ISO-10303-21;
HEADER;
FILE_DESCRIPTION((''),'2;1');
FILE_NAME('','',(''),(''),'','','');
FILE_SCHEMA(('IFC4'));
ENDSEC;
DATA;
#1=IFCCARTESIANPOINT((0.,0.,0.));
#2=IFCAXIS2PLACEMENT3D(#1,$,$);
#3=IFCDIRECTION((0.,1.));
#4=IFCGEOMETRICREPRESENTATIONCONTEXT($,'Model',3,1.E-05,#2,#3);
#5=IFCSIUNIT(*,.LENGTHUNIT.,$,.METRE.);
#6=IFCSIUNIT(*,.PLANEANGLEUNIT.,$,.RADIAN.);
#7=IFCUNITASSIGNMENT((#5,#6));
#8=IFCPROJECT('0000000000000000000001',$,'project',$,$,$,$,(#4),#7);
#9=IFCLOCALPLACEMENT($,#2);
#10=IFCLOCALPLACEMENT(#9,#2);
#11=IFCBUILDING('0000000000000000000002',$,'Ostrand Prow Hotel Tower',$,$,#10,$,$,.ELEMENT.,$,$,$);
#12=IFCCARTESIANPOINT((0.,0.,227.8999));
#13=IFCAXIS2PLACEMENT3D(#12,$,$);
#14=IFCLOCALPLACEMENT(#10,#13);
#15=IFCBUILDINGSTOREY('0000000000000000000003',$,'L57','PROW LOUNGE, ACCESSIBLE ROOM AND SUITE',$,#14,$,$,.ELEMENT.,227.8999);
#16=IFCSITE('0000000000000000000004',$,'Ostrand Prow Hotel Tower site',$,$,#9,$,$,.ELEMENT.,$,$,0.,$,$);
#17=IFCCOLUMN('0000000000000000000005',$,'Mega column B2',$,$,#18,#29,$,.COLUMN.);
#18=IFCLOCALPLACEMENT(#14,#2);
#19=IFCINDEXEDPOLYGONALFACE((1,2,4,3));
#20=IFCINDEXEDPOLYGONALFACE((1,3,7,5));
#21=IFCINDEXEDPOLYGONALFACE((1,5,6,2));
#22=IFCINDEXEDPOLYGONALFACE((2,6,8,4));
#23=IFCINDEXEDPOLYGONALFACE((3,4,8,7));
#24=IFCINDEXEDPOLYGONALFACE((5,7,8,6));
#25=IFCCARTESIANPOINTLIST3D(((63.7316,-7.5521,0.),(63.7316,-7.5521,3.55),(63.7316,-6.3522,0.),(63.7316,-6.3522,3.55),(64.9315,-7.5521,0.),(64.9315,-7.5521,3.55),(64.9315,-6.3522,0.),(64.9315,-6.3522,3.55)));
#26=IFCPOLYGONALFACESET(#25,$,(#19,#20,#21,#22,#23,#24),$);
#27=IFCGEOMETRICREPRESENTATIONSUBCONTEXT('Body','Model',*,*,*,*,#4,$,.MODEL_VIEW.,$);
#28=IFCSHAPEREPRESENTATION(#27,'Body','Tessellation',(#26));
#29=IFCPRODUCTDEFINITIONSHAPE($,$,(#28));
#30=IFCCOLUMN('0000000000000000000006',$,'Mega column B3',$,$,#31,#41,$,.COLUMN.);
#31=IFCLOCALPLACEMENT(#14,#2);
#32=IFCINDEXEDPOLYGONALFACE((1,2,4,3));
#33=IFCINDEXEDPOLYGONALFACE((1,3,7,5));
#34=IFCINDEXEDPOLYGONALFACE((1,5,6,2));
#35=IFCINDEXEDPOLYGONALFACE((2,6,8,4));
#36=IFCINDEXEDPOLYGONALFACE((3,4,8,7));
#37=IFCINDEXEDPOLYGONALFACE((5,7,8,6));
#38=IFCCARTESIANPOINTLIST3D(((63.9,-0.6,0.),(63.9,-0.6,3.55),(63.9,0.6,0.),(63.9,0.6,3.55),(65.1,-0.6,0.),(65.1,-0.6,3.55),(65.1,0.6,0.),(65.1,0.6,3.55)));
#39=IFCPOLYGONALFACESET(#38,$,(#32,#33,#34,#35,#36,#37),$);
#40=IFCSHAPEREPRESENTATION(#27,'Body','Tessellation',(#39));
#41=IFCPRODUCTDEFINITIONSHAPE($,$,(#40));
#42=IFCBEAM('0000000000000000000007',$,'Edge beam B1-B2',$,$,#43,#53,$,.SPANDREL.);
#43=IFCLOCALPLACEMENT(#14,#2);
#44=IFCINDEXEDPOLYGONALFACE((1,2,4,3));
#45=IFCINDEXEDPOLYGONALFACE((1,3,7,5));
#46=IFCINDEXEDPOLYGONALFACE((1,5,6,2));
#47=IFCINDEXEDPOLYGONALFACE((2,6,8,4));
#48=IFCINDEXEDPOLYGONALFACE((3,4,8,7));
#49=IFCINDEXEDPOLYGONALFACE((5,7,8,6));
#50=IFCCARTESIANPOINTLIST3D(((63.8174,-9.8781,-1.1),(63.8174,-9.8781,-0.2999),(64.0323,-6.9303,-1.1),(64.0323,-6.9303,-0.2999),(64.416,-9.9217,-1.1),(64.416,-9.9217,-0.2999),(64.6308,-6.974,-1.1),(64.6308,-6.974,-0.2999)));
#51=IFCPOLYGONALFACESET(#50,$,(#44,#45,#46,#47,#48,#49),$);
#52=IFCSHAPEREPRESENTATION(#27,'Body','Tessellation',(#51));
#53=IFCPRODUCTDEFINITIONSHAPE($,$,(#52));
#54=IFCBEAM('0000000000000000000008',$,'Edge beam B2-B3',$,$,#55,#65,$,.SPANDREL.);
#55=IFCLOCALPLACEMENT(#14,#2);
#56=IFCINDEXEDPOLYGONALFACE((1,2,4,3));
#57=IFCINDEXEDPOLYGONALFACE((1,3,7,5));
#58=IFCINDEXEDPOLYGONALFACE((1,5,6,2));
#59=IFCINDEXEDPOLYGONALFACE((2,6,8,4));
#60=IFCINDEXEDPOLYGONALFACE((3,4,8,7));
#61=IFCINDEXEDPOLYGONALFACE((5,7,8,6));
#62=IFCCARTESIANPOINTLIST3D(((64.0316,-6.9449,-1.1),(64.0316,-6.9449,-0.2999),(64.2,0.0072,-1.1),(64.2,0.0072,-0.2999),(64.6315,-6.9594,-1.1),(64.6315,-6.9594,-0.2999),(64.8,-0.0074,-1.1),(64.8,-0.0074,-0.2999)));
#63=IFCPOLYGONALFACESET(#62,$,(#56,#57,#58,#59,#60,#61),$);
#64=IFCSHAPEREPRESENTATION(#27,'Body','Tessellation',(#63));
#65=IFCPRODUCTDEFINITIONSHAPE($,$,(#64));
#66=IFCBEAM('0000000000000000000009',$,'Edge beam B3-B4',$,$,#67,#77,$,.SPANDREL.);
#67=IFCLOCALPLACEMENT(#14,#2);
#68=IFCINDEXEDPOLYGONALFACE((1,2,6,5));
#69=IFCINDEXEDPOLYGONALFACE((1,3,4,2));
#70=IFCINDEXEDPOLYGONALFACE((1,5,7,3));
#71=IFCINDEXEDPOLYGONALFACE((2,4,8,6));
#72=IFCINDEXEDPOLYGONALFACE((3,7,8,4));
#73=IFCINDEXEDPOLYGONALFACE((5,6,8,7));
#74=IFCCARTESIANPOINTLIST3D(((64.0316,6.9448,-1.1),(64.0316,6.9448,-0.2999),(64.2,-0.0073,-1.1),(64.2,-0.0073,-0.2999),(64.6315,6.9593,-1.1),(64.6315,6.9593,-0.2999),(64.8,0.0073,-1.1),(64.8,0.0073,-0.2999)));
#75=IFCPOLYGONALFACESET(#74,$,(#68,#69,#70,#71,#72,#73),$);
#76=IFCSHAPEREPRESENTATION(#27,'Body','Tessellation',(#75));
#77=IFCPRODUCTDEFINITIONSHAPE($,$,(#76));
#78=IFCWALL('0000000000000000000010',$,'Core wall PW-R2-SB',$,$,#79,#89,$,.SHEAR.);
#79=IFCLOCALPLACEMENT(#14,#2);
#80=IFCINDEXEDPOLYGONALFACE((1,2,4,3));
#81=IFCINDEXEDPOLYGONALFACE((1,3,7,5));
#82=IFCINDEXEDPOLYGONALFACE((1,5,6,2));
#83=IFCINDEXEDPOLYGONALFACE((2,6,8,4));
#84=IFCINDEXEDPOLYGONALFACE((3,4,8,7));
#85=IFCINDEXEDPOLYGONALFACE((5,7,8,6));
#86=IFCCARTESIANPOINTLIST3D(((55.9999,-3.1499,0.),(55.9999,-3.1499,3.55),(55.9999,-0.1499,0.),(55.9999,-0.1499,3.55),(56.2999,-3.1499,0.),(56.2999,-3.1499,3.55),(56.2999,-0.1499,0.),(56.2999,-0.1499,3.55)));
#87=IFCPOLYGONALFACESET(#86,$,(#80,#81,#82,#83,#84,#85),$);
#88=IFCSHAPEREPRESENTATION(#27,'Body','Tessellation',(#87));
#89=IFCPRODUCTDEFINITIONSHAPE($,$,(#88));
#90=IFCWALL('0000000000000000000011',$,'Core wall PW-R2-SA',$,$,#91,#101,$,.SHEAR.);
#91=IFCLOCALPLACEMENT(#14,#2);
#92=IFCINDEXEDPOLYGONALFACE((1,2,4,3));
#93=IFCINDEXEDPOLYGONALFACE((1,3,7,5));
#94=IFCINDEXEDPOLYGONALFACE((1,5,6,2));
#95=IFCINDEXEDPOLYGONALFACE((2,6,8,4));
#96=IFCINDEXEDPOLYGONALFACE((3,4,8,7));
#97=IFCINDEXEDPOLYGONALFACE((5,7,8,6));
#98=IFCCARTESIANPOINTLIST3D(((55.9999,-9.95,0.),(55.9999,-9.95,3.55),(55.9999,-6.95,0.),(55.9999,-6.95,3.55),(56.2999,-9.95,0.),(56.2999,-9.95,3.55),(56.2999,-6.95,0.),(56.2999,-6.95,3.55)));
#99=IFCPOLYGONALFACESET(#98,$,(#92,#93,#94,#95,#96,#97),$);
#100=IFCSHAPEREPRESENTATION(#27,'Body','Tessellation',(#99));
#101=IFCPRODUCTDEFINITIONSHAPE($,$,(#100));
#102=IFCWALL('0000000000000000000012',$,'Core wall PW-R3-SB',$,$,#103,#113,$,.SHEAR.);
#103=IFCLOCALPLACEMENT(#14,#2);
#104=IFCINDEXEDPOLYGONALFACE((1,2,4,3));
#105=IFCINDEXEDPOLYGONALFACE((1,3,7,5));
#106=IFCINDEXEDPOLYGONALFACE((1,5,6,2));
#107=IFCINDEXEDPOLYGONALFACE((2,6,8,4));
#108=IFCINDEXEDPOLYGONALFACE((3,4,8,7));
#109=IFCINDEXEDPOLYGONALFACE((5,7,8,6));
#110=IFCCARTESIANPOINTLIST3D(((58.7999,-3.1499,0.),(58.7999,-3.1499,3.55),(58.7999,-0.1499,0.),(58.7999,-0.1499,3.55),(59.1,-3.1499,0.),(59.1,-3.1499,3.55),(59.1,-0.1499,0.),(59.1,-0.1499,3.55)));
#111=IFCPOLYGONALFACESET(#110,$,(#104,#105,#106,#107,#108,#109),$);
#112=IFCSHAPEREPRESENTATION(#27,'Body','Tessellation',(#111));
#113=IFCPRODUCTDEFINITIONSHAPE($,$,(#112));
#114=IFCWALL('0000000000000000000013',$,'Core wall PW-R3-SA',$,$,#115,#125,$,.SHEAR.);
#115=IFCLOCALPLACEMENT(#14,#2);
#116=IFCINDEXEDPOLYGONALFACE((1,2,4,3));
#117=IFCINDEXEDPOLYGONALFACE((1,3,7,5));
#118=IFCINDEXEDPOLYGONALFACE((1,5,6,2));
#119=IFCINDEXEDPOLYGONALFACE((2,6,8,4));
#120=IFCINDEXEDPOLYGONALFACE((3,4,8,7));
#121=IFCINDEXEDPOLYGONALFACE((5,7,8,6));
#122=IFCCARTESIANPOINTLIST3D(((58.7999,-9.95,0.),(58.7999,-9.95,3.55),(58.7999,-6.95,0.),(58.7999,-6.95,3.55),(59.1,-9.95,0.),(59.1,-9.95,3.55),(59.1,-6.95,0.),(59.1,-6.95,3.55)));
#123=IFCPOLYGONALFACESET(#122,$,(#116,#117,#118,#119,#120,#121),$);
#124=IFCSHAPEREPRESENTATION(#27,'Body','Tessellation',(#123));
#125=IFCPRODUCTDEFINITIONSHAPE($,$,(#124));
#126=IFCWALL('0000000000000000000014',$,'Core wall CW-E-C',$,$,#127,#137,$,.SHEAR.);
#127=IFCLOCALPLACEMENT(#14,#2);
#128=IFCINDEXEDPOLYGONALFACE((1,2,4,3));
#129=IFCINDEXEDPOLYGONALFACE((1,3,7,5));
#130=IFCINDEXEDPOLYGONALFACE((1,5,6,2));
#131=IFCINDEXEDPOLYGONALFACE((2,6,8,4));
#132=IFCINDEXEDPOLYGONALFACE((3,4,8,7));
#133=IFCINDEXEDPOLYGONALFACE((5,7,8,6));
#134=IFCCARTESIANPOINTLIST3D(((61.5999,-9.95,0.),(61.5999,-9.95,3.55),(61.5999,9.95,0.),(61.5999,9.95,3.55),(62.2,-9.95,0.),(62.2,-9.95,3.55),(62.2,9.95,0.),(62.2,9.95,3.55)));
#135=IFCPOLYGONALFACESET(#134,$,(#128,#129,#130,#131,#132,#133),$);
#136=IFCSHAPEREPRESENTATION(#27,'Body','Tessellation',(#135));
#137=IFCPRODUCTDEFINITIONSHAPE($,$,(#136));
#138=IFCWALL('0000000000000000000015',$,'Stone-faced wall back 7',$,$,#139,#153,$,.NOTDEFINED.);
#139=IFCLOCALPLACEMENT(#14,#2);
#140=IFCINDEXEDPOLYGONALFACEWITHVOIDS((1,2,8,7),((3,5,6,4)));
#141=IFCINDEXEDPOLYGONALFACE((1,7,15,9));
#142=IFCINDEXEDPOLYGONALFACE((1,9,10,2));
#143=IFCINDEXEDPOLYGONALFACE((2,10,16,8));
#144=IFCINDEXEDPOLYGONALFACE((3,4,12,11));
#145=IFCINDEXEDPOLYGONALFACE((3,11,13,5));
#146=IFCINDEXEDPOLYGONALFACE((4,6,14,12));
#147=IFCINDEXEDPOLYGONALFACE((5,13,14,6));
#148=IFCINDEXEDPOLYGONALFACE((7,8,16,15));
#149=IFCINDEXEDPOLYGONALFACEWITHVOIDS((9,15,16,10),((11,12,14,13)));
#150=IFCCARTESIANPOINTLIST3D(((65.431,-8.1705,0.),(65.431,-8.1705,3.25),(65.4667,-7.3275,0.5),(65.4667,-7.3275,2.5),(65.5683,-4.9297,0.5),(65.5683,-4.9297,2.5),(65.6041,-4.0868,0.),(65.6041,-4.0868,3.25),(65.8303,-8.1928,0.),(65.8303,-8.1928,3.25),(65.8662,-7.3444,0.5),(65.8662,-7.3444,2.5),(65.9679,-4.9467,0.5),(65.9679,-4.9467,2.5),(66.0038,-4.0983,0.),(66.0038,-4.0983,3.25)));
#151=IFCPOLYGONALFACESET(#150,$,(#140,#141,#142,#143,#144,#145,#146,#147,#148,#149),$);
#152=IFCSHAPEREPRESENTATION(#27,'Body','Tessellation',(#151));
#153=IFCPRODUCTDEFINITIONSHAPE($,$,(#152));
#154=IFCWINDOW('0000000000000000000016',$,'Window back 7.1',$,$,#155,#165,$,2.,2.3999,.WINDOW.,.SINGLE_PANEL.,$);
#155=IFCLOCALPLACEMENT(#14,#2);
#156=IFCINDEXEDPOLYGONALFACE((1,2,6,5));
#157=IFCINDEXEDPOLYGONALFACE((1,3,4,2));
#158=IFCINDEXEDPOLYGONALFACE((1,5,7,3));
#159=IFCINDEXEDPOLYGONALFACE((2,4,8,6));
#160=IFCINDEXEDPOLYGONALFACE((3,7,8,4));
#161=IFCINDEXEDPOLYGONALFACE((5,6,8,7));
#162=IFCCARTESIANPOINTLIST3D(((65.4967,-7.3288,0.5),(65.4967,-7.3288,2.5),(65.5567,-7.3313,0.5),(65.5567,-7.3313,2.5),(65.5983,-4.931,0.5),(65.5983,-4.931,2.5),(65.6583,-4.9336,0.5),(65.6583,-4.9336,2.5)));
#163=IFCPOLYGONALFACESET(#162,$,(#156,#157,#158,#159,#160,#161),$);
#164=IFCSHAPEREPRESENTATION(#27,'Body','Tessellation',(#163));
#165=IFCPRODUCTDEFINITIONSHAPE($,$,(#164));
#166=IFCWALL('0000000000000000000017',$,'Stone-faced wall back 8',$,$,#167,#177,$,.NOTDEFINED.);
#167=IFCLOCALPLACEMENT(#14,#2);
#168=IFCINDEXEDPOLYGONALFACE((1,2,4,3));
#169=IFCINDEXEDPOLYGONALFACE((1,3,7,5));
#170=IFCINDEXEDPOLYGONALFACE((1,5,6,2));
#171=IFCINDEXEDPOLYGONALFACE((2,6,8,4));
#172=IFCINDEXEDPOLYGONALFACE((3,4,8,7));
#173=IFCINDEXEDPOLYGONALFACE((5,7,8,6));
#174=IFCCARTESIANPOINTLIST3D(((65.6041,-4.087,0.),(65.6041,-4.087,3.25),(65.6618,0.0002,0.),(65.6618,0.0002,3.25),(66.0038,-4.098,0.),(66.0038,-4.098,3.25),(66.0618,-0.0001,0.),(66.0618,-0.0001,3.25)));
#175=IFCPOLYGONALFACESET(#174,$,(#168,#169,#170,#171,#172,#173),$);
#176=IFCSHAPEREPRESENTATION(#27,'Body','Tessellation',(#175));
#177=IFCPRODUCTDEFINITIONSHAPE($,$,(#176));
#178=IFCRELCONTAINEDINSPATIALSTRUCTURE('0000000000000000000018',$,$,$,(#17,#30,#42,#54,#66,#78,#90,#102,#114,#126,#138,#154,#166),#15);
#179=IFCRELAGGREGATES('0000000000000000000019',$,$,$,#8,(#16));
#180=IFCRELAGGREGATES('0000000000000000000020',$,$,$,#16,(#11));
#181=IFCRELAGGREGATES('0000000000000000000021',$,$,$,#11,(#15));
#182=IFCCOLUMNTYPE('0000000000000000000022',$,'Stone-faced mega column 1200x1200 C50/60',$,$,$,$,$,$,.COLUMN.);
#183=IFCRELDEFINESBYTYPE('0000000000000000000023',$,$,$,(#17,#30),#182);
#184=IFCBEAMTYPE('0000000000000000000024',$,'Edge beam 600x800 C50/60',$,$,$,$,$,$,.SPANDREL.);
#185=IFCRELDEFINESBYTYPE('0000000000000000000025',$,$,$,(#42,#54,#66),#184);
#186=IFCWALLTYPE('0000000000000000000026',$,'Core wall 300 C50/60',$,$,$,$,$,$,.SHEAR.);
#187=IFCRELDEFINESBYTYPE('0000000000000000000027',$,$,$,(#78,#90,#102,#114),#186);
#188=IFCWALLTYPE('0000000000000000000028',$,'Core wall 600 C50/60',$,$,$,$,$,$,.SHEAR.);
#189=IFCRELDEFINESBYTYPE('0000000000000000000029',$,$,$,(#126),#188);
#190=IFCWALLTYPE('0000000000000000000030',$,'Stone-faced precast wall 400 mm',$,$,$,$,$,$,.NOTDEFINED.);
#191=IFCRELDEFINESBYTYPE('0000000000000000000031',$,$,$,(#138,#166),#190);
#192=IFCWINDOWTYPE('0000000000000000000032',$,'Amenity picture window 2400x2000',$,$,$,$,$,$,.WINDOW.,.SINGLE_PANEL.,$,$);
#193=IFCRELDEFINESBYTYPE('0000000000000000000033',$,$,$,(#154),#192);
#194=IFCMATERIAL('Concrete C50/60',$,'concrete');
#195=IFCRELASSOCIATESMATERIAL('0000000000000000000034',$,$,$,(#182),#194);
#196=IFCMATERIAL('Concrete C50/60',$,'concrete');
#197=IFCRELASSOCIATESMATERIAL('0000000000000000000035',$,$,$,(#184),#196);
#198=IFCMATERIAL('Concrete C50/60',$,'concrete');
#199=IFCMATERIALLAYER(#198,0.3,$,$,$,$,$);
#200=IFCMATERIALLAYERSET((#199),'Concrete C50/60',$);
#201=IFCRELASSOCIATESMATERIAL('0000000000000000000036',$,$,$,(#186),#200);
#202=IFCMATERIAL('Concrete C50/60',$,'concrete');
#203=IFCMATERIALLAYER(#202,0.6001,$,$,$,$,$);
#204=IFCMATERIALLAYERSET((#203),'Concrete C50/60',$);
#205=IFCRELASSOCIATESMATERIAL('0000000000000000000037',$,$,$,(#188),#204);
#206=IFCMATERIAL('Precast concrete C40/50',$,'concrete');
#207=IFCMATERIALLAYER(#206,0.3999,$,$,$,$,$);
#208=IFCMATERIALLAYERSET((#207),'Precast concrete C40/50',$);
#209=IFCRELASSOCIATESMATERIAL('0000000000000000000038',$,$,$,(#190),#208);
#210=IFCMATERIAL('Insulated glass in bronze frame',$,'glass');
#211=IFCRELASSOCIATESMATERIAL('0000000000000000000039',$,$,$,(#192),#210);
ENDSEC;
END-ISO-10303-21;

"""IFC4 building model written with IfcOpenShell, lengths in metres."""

from ifc_helpers import new_model, si_unit, direction, frame, frame_2d, origin, origin_2d, place, context, subcontext, project, spatial, polyline, rectangle, outline, extrude, material, layer, layer_set, material_profile, profile_set, type_object, element, fill, save


model = new_model("IFC4")

# Units and contexts
model_context = context("Model", 3, precision=1e-05, world=origin(), true_north=direction((0.0, 1.0)))
body_context = subcontext(model_context, "Body", "Model", "MODEL_VIEW")
ifc_project = project(units=[si_unit("LENGTHUNIT", "METRE"), si_unit("PLANEANGLEUNIT", "RADIAN")], contexts=[model_context])

# Site, building, storey
site_placement = place(None, origin())
site = spatial("IfcSite", under=ifc_project, at=site_placement, Name="Ostrand Prow Hotel Tower site", CompositionType="ELEMENT", RefElevation=0.0)
building_placement = place(site_placement, origin())
building = spatial("IfcBuilding", under=site, at=building_placement, Name="Ostrand Prow Hotel Tower", CompositionType="ELEMENT")
storey_placement = place(building_placement, frame((0.0, 0.0, 227.8999)))
storey = spatial("IfcBuildingStorey", under=building, at=storey_placement, Name="L57", Description="PROW LOUNGE, ACCESSIBLE ROOM AND SUITE", CompositionType="ELEMENT", Elevation=227.8999)

# Columns
ifc_material_1 = material(Name="Concrete C50/60", Category="concrete")
ifc_material_profile_1 = material_profile(ifc_material_1, rectangle(XDim=1.2, YDim=1.2, at=origin_2d()), Name="RC 1200x1200")
ifc_profile_set_1 = profile_set([ifc_material_profile_1], Name="Concrete C50/60")
column_type = type_object("IfcColumnType", Name="Stone-faced mega column 1200x1200 C50/60", PredefinedType="COLUMN", material=ifc_profile_set_1)
for number, where, z_axis, x_axis, name in (
    (1, (64.3315, -6.9521, 0.0), (0.0, 0.0, 1.0), (1.0, 0.0, 0.0), "Mega column B2"),
    (2, (64.5, 0.0, 0.0), (0.0, 0.0, 1.0), (1.0, 0.0, 0.0), "Mega column B3"),
):
    element("IfcColumn", number, at=place(storey_placement, frame(where, z_axis=z_axis, x_axis=x_axis)), inside=storey, type_object=column_type, Name=name, PredefinedType="COLUMN", context=body_context, shape_type="SweptSolid", body=[
        extrude(rectangle(XDim=1.2, YDim=1.2, at=origin_2d()), origin(), (0.0, 0.0, 1.0), 3.55),
    ])

# Beams
ifc_material_2 = material(Name="Concrete C50/60", Category="concrete")
ifc_material_profile_2 = material_profile(ifc_material_2, rectangle(XDim=0.6001, YDim=0.8, at=origin_2d()), Name="RC 600x800")
ifc_profile_set_2 = profile_set([ifc_material_profile_2], Name="Concrete C50/60")
beam_type = type_object("IfcBeamType", Name="Edge beam 600x800 C50/60", PredefinedType="SPANDREL", material=ifc_profile_set_2)
beam_placement = place(storey_placement, frame((64.1167, -9.8999, -0.7), z_axis=(0.072691, 0.997355, 0.0), x_axis=(-0.997355, 0.072691, 0.0)))
element("IfcBeam", 3, at=beam_placement, inside=storey, type_object=beam_type, Name="Edge beam B1-B2", PredefinedType="SPANDREL", context=body_context, shape_type="SweptSolid", body=[
    extrude(rectangle(XDim=0.6001, YDim=0.8, at=origin_2d()), origin(), (0.0, 0.0, 1.0), 2.9556),
])
for number, where, z_axis, x_axis, name in (
    (4, (64.3315, -6.9521, -0.7), (0.024224, 0.999707, 0.0), (-0.999707, 0.024224, 0.0), "Edge beam B2-B3"),
    (5, (64.5, 0.0, -0.7), (-0.024224, 0.999707, 0.0), (-0.999707, -0.024224, 0.0), "Edge beam B3-B4"),
):
    element("IfcBeam", number, at=place(storey_placement, frame(where, z_axis=z_axis, x_axis=x_axis)), inside=storey, type_object=beam_type, Name=name, PredefinedType="SPANDREL", context=body_context, shape_type="SweptSolid", body=[
        extrude(rectangle(XDim=0.6001, YDim=0.8, at=origin_2d()), origin(), (0.0, 0.0, 1.0), 6.9541),
    ])

# Walls
ifc_material_3 = material(Name="Concrete C50/60", Category="concrete")
ifc_layer_1 = layer(ifc_material_3, 0.3)
ifc_layer_set_1 = layer_set([ifc_layer_1], Name="Concrete C50/60")
wall_type_1 = type_object("IfcWallType", Name="Core wall 300 C50/60", PredefinedType="SHEAR", material=ifc_layer_set_1)
for number, where, z_axis, x_axis, name in (
    (6, (56.1499, -3.1499, 0.0), (0.0, 0.0, 1.0), (0.0, 1.0, 0.0), "Core wall PW-R2-SB"),
    (7, (56.1499, -9.95, 0.0), (0.0, 0.0, 1.0), (0.0, 1.0, 0.0), "Core wall PW-R2-SA"),
    (8, (58.95, -3.1499, 0.0), (0.0, 0.0, 1.0), (0.0, 1.0, 0.0), "Core wall PW-R3-SB"),
    (9, (58.95, -9.95, 0.0), (0.0, 0.0, 1.0), (0.0, 1.0, 0.0), "Core wall PW-R3-SA"),
):
    element("IfcWall", number, at=place(storey_placement, frame(where, z_axis=z_axis, x_axis=x_axis)), inside=storey, type_object=wall_type_1, Name=name, PredefinedType="SHEAR", context=body_context, shape_type="SweptSolid", body=[
        extrude(rectangle(XDim=3.0, YDim=0.3, at=frame_2d((1.5, 0.0))), origin(), (0.0, 0.0, 1.0), 3.55),
    ])
ifc_material_4 = material(Name="Concrete C50/60", Category="concrete")
ifc_layer_2 = layer(ifc_material_4, 0.6001)
ifc_layer_set_2 = layer_set([ifc_layer_2], Name="Concrete C50/60")
wall_type_2 = type_object("IfcWallType", Name="Core wall 600 C50/60", PredefinedType="SHEAR", material=ifc_layer_set_2)
wall_1_placement = place(storey_placement, frame((61.8999, -9.95, 0.0), z_axis=(0.0, 0.0, 1.0), x_axis=(0.0, 1.0, 0.0)))
element("IfcWall", 10, at=wall_1_placement, inside=storey, type_object=wall_type_2, Name="Core wall CW-E-C", PredefinedType="SHEAR", context=body_context, shape_type="SweptSolid", body=[
    extrude(rectangle(XDim=19.8999, YDim=0.6001, at=frame_2d((9.95, 0.0))), origin(), (0.0, 0.0, 1.0), 3.55),
])

# Wall, opening, window
ifc_material_5 = material(Name="Precast concrete C40/50", Category="concrete")
ifc_layer_3 = layer(ifc_material_5, 0.3999)
ifc_layer_set_3 = layer_set([ifc_layer_3], Name="Precast concrete C40/50")
wall_type_3 = type_object("IfcWallType", Name="Stone-faced precast wall 400 mm", PredefinedType="NOTDEFINED", material=ifc_layer_set_3)
wall_2_placement = place(storey_placement, frame((65.6306, -8.1816, 0.0), z_axis=(0.0, 0.0, 1.0), x_axis=(0.042353, 0.999103, 0.0)))
wall_2 = element("IfcWall", 11, at=wall_2_placement, inside=storey, type_object=wall_type_3, Name="Stone-faced wall back 7", PredefinedType="NOTDEFINED", context=body_context, shape_type="SweptSolid", body=[
    extrude(outline(polyline([(-0.0027, -0.2), (4.0955, -0.2), (4.0901, 0.2), (0.0027, 0.2), (-0.0027, -0.2)])), origin(), (0.0, 0.0, 1.0), 3.25),
])
opening_placement = place(wall_2_placement, frame((0.8464, 0.0, 0.5)))
opening = element("IfcOpeningElement", 12, at=opening_placement, cuts=wall_2, PredefinedType="OPENING", context=body_context, shape_type="SweptSolid", body=[
    extrude(rectangle(XDim=2.3999, YDim=2.0, at=frame_2d((1.2, 1.0))), frame((0.0, 0.21, 0.0), z_axis=(0.0, -1.0, 0.0), x_axis=(1.0, 0.0, 0.0)), (0.0, 0.0, 1.0), 0.4199),
])
ifc_material_6 = material(Name="Insulated glass in bronze frame", Category="glass")
window_type = type_object("IfcWindowType", Name="Amenity picture window 2400x2000", PartitioningType="SINGLE_PANEL", PredefinedType="WINDOW", material=ifc_material_6)
window_placement = place(opening_placement, origin())
window = element("IfcWindow", 13, at=window_placement, inside=storey, type_object=window_type, Name="Window back 7.1", OverallHeight=2.0, OverallWidth=2.3999, PartitioningType="SINGLE_PANEL", PredefinedType="WINDOW", context=body_context, shape_type="SweptSolid", body=[
    extrude(rectangle(XDim=2.3999, YDim=2.0, at=frame_2d((1.2, 1.0))), frame((0.0, 0.1699, 0.0), z_axis=(0.0, -1.0, 0.0), x_axis=(1.0, 0.0, 0.0)), (0.0, 0.0, 1.0), 0.0601),
])
fill(opening, window)

# Wall
wall_3_placement = place(storey_placement, frame((65.804, -4.0925, 0.0), z_axis=(0.0, 0.0, 1.0), x_axis=(0.014137, 0.9999, 0.0)))
element("IfcWall", 14, at=wall_3_placement, inside=storey, type_object=wall_type_3, Name="Stone-faced wall back 8", PredefinedType="NOTDEFINED", context=body_context, shape_type="SweptSolid", body=[
    extrude(outline(polyline([(-0.0027, -0.2), (4.0957, -0.2), (4.0903, 0.2), (0.0027, 0.2), (-0.0027, -0.2)])), origin(), (0.0, 0.0, 1.0), 3.25),
])

save(model, "model.ifc")
